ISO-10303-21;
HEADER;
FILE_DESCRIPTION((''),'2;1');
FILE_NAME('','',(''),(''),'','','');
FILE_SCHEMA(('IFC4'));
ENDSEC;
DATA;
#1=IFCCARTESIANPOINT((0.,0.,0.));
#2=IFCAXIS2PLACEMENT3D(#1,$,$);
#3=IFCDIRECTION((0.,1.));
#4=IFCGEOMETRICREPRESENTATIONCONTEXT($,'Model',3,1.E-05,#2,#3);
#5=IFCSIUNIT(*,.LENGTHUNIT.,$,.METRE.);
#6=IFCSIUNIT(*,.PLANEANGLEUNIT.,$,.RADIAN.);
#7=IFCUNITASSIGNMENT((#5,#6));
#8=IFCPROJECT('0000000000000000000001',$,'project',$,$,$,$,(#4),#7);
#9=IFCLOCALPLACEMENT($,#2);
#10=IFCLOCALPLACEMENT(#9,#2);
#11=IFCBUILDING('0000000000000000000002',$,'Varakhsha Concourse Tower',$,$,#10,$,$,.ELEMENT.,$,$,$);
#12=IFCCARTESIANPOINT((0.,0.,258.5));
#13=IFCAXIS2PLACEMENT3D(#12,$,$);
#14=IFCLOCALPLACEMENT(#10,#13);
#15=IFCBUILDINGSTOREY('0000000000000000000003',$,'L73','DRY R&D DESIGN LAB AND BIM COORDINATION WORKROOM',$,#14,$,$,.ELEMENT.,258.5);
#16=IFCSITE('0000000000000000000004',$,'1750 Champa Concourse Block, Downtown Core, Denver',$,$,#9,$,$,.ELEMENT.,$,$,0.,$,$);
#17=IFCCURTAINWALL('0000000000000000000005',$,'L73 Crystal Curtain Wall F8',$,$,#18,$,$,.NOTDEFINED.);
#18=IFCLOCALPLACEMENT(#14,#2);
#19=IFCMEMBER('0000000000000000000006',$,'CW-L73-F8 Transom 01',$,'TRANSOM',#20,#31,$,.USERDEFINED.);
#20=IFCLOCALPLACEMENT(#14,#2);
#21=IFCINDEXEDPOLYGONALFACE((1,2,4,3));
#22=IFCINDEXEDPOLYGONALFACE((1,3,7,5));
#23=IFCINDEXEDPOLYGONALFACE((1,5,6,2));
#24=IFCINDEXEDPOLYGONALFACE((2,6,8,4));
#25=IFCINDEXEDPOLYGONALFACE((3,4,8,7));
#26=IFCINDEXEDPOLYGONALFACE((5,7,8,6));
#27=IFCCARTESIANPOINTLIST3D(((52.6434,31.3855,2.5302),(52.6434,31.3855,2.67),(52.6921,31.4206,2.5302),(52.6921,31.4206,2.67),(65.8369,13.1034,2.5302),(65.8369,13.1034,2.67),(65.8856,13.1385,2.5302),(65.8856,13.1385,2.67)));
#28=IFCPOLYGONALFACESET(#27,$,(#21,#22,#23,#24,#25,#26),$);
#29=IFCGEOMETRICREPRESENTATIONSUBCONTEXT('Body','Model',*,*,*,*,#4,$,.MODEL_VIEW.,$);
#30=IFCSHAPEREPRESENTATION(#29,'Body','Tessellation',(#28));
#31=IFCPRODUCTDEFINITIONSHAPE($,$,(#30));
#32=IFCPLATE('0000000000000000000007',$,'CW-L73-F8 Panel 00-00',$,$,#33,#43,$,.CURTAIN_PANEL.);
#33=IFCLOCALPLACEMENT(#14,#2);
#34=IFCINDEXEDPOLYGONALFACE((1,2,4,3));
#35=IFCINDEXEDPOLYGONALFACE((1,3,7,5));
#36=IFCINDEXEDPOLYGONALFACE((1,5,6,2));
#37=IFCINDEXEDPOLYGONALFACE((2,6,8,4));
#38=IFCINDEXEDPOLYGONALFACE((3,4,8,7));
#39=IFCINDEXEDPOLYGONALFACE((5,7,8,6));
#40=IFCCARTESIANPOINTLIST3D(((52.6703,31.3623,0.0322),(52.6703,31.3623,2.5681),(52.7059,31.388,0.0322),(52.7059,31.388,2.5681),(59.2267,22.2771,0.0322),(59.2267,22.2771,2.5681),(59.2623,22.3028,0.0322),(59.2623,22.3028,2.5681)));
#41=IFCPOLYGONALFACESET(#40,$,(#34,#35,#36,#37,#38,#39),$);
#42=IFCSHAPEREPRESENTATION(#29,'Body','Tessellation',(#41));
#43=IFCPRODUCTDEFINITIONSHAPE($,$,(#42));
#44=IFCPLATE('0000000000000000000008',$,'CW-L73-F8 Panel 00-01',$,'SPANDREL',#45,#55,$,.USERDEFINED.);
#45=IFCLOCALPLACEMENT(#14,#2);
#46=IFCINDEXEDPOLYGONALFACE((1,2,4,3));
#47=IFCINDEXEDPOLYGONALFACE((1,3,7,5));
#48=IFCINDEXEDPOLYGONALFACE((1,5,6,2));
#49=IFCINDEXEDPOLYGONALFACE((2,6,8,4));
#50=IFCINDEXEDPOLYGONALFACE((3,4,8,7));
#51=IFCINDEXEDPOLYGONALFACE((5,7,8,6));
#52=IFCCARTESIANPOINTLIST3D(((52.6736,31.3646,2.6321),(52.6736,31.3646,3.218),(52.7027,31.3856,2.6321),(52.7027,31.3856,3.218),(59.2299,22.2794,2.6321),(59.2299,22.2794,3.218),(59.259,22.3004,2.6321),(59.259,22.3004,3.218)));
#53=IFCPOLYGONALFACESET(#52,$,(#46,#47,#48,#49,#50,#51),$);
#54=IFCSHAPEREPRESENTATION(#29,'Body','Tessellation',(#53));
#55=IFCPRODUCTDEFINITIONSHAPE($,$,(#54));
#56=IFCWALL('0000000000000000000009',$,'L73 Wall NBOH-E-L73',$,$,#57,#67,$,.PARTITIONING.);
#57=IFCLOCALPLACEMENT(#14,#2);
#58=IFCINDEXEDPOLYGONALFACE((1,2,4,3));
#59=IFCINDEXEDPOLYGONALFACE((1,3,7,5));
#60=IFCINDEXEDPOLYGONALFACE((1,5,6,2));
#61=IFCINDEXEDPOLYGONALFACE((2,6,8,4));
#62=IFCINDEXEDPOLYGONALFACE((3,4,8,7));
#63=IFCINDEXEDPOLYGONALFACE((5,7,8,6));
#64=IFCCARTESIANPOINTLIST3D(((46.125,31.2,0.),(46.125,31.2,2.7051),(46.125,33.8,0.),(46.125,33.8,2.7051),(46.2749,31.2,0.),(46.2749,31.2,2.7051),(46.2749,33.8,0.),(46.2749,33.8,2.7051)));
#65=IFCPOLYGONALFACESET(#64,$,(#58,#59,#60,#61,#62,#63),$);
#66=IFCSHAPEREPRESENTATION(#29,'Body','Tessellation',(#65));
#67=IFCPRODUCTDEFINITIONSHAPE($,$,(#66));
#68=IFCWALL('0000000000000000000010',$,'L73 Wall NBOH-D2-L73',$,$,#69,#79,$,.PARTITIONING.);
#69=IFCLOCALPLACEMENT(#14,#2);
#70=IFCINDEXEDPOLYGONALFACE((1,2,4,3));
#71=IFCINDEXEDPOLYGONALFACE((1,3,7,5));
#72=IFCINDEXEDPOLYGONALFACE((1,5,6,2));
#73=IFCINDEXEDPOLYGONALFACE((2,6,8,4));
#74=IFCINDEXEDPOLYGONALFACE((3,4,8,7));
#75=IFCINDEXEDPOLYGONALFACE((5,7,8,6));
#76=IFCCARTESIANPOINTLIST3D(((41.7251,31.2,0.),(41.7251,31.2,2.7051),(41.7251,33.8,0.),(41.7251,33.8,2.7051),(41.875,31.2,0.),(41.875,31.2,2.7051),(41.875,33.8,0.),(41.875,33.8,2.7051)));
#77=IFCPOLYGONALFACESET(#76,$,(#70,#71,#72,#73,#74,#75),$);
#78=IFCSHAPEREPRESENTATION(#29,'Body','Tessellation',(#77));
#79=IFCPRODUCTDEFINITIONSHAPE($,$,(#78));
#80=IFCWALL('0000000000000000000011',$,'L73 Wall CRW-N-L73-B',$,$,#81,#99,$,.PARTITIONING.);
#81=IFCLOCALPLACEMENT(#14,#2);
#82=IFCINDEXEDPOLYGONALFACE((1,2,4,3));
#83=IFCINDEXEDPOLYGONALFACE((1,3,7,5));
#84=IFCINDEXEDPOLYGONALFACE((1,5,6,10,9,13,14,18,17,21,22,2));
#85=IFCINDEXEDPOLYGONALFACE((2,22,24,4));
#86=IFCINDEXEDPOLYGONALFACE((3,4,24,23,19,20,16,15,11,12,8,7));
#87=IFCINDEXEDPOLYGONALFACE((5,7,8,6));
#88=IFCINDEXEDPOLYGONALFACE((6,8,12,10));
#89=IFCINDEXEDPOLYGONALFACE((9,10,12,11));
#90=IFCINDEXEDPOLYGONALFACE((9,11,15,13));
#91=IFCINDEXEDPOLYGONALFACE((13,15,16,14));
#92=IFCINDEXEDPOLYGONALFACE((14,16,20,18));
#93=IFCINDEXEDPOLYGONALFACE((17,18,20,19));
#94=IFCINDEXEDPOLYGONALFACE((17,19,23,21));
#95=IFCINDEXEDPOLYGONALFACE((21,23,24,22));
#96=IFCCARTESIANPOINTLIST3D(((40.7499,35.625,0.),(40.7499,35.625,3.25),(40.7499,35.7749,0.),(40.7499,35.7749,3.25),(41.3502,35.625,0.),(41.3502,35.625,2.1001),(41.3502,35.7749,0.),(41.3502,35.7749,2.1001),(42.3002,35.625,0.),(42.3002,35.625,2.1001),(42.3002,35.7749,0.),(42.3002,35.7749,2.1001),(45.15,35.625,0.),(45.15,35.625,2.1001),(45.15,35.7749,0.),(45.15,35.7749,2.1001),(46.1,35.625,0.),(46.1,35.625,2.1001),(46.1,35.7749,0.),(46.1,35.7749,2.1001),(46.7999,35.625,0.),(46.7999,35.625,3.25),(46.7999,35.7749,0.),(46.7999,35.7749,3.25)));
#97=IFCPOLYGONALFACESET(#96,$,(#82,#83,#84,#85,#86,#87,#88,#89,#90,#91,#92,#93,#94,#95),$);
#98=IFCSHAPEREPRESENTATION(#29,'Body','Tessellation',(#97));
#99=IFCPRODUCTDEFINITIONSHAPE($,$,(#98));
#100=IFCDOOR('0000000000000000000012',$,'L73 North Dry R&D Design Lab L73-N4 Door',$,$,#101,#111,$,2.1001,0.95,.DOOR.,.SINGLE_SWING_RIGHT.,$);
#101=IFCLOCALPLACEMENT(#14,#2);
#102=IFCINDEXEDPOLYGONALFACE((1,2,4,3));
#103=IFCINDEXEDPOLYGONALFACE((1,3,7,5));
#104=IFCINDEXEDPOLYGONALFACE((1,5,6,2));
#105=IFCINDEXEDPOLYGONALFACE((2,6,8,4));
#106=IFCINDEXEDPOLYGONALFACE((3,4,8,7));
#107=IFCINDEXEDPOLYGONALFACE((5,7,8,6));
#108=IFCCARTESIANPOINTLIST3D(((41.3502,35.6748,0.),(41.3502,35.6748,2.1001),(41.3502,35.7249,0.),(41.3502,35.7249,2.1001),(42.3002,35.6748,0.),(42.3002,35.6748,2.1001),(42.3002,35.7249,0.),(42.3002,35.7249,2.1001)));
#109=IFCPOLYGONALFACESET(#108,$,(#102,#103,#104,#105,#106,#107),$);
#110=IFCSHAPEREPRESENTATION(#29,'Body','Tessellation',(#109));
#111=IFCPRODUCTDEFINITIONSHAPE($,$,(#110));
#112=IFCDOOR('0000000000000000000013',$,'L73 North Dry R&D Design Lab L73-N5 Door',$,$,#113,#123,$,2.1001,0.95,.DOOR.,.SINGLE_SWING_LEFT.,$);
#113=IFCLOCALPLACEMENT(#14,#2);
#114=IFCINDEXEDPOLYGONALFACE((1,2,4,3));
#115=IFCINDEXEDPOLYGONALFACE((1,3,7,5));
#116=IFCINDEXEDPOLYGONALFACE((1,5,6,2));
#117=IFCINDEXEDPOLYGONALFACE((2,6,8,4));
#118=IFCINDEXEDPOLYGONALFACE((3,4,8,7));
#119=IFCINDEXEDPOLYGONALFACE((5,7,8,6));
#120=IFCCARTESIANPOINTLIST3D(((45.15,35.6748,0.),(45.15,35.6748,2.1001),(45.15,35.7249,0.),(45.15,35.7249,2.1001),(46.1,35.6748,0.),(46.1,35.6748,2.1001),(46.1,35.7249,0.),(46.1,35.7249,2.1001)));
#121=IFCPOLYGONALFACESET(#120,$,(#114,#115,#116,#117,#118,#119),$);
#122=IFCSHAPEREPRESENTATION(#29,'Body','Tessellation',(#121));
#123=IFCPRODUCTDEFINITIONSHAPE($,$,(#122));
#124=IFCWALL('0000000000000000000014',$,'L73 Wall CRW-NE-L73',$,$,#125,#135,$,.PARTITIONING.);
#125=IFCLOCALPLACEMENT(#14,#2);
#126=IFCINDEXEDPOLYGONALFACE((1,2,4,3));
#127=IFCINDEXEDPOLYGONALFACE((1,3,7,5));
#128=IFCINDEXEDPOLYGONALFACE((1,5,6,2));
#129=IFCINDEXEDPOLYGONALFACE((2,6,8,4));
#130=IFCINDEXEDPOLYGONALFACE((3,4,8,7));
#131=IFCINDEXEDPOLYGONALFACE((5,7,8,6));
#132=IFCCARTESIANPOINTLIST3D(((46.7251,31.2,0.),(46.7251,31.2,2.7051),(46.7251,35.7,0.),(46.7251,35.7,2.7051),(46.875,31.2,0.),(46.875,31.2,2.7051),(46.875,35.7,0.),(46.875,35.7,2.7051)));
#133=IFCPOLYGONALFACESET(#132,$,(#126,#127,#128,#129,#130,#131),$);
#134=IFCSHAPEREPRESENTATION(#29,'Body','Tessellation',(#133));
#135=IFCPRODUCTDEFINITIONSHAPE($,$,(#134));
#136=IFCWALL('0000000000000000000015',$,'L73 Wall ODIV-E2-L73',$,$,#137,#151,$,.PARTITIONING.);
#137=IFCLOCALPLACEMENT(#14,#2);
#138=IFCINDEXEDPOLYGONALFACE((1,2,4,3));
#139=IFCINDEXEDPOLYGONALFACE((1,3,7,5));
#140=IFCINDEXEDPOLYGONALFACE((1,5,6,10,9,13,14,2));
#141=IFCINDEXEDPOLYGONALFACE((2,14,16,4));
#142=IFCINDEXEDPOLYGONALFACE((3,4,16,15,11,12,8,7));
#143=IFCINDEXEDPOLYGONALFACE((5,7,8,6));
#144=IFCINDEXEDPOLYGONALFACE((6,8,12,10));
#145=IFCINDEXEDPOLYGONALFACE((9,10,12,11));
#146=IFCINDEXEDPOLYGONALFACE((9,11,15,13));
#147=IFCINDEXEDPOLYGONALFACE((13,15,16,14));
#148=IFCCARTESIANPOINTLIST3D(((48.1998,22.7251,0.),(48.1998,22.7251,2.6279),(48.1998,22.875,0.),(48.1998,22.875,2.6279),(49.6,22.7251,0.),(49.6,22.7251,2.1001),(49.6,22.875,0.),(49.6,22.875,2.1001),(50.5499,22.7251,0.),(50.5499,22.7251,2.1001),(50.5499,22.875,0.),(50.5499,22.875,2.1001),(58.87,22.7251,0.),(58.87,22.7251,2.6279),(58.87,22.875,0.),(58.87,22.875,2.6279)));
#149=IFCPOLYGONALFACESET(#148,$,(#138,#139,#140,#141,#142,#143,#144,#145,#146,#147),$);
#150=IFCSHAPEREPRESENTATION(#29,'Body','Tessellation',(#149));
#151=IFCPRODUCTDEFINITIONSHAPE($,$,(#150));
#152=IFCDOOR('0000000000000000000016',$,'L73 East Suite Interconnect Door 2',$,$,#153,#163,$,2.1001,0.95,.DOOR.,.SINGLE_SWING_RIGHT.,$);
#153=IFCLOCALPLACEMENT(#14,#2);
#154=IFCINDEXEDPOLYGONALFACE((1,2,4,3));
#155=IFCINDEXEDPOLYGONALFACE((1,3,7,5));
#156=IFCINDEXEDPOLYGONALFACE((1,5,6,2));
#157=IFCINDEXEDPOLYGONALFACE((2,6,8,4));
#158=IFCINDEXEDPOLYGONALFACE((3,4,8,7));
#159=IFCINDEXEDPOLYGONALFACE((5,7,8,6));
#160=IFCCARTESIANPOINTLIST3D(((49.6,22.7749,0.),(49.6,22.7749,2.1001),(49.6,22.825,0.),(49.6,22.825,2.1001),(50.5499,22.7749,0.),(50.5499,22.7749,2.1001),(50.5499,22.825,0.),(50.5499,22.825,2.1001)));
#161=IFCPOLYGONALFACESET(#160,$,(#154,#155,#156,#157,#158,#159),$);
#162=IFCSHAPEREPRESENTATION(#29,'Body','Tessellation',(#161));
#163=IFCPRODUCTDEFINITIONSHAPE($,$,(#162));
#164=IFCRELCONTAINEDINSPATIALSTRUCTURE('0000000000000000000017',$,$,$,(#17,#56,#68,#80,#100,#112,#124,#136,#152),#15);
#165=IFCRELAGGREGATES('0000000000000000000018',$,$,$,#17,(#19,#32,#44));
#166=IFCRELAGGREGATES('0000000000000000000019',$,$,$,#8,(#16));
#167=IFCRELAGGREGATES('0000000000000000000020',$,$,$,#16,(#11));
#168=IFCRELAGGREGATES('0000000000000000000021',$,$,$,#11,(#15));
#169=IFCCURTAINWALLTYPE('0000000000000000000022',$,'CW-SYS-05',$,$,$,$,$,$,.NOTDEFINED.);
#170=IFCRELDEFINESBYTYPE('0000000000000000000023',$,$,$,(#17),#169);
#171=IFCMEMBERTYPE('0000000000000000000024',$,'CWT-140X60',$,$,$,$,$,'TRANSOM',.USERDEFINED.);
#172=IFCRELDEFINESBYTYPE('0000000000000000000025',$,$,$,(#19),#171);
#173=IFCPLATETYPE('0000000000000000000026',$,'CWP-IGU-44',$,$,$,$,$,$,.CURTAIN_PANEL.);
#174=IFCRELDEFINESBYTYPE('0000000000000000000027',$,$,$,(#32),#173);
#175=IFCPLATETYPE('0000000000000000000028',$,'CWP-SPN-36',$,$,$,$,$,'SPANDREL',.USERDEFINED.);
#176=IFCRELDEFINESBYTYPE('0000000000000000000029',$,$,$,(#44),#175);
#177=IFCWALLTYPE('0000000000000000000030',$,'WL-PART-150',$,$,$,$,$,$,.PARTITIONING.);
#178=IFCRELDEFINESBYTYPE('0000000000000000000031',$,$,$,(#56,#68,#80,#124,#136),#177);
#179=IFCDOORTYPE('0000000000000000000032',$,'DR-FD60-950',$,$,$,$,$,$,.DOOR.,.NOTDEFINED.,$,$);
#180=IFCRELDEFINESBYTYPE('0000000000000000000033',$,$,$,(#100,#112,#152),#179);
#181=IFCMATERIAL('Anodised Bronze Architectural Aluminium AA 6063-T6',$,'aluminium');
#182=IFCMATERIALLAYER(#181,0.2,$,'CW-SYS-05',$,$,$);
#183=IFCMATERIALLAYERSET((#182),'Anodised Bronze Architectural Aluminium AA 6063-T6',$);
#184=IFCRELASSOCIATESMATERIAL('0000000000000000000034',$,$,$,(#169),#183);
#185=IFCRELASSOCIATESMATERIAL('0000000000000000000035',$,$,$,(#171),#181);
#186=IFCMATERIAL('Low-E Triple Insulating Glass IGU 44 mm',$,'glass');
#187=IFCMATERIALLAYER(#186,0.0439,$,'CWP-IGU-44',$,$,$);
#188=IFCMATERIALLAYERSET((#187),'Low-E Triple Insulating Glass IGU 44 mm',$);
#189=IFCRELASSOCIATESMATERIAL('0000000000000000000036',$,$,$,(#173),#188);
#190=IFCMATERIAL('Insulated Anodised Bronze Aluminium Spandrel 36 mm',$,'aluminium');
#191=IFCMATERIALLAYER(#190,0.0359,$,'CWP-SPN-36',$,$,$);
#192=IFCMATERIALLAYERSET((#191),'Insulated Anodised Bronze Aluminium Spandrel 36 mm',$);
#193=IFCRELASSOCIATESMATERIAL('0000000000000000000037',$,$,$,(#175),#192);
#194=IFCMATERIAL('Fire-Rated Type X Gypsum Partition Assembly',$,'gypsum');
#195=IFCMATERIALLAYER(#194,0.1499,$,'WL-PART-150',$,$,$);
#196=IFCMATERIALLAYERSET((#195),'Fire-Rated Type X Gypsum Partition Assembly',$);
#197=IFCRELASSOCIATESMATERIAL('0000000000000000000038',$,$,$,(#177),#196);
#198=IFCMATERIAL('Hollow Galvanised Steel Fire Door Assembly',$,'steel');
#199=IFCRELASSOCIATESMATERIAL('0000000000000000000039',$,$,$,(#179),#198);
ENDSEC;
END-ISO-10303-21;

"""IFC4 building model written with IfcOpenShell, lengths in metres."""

from ifc_helpers import new_model, si_unit, direction, frame, frame_2d, origin, origin_2d, place, context, subcontext, project, spatial, rectangle, extrude, source, transform, mapped, material, layer, layer_set, material_profile, profile_set, type_object, type_shapes, element, fill, aggregate, save


model = new_model("IFC4")

# Units and contexts
model_context = context("Model", 3, precision=1e-05, world=origin(), true_north=direction((0.0, 1.0)))
body_context = subcontext(model_context, "Body", "Model", "MODEL_VIEW")
ifc_project = project(units=[si_unit("LENGTHUNIT", "METRE"), si_unit("PLANEANGLEUNIT", "RADIAN")], contexts=[model_context])

# Site, building, storey
site_placement = place(None, origin())
site = spatial("IfcSite", under=ifc_project, at=site_placement, Name="1750 Champa Concourse Block, Downtown Core, Denver", CompositionType="ELEMENT", RefElevation=0.0)
building_placement = place(site_placement, origin())
building = spatial("IfcBuilding", under=site, at=building_placement, Name="Varakhsha Concourse Tower", CompositionType="ELEMENT")
storey_placement = place(building_placement, frame((0.0, 0.0, 258.5)))
storey = spatial("IfcBuildingStorey", under=building, at=storey_placement, Name="L73", Description="DRY R&D DESIGN LAB AND BIM COORDINATION WORKROOM", CompositionType="ELEMENT", Elevation=258.5)

# Curtain wall
ifc_material_1 = material(Name="Anodised Bronze Architectural Aluminium AA 6063-T6", Category="aluminium")
ifc_layer_1 = layer(ifc_material_1, 0.2, Name="CW-SYS-05")
ifc_layer_set_1 = layer_set([ifc_layer_1], Name="Anodised Bronze Architectural Aluminium AA 6063-T6")
curtain_wall_type = type_object("IfcCurtainWallType", Name="CW-SYS-05", PredefinedType="NOTDEFINED", material=ifc_layer_set_1)
curtain_wall_1_placement = place(storey_placement, origin())
curtain_wall_1 = element("IfcCurtainWall", 1, at=curtain_wall_1_placement, inside=storey, type_object=curtain_wall_type, Name="L73 Crystal Curtain Wall F8", PredefinedType="NOTDEFINED")

# Member
ifc_material_profile_1 = material_profile(ifc_material_1, rectangle(XDim=0.0601, YDim=0.1399, at=origin_2d()), Name="CWT-140X60")
ifc_profile_set_1 = profile_set([ifc_material_profile_1], Name="Anodised Bronze Architectural Aluminium AA 6063-T6")
member_type_1 = type_object("IfcMemberType", Name="CWT-140X60", ElementType="TRANSOM", PredefinedType="USERDEFINED", material=ifc_profile_set_1)
shared_shape_1 = source(origin(), body_context, "Body", "SweptSolid", [
    extrude(rectangle(XDim=0.0601, YDim=0.1399, at=origin_2d()), origin(), (0.0, 0.0, 1.0), 22.5457),
])
type_shapes(member_type_1, [shared_shape_1])
member_1_placement = place(storey_placement, frame((52.6677, 31.4031, 2.6001), z_axis=(0.585192, -0.810894, 0.0), x_axis=(0.810894, 0.585192, 0.0)))
member_1 = element("IfcMember", 2, at=member_1_placement, type_object=member_type_1, Name="CW-L73-F8 Transom 01", ObjectType="TRANSOM", PredefinedType="USERDEFINED", context=body_context, shape_type="MappedRepresentation", body=[
    mapped(shared_shape_1, transform((0.0, 0.0, 0.0), scale=1.0)),
])

# Plates
ifc_material_2 = material(Name="Low-E Triple Insulating Glass IGU 44 mm", Category="glass")
ifc_layer_2 = layer(ifc_material_2, 0.0439, Name="CWP-IGU-44")
ifc_layer_set_2 = layer_set([ifc_layer_2], Name="Low-E Triple Insulating Glass IGU 44 mm")
plate_type_1 = type_object("IfcPlateType", Name="CWP-IGU-44", PredefinedType="CURTAIN_PANEL", material=ifc_layer_set_2)
shared_shape_2 = source(origin(), body_context, "Body", "SweptSolid", [
    extrude(rectangle(XDim=11.2039, YDim=0.0439, at=origin_2d()), origin(), (0.0, 0.0, 1.0), 2.5359),
])
type_shapes(plate_type_1, [shared_shape_2])
plate_1_placement = place(storey_placement, frame((55.9663, 26.8325, 0.0322), z_axis=(0.0, 0.0, 1.0), x_axis=(0.585188, -0.810897, 0.0)))
plate_1 = element("IfcPlate", 3, at=plate_1_placement, type_object=plate_type_1, Name="CW-L73-F8 Panel 00-00", PredefinedType="CURTAIN_PANEL", context=body_context, shape_type="MappedRepresentation", body=[
    mapped(shared_shape_2, transform((0.0, 0.0, 0.0), scale=1.0)),
])
ifc_material_3 = material(Name="Insulated Anodised Bronze Aluminium Spandrel 36 mm", Category="aluminium")
ifc_layer_3 = layer(ifc_material_3, 0.0359, Name="CWP-SPN-36")
ifc_layer_set_3 = layer_set([ifc_layer_3], Name="Insulated Anodised Bronze Aluminium Spandrel 36 mm")
plate_type_2 = type_object("IfcPlateType", Name="CWP-SPN-36", ElementType="SPANDREL", PredefinedType="USERDEFINED", material=ifc_layer_set_3)
shared_shape_3 = source(origin(), body_context, "Body", "SweptSolid", [
    extrude(rectangle(XDim=11.2039, YDim=0.0359, at=origin_2d()), origin(), (0.0, 0.0, 1.0), 0.5859),
])
type_shapes(plate_type_2, [shared_shape_3])
plate_2_placement = place(storey_placement, frame((55.9663, 26.8325, 2.6321), z_axis=(0.0, 0.0, 1.0), x_axis=(0.585188, -0.810897, 0.0)))
plate_2 = element("IfcPlate", 4, at=plate_2_placement, type_object=plate_type_2, Name="CW-L73-F8 Panel 00-01", ObjectType="SPANDREL", PredefinedType="USERDEFINED", context=body_context, shape_type="MappedRepresentation", body=[
    mapped(shared_shape_3, transform((0.0, 0.0, 0.0), scale=1.0)),
])
aggregate(curtain_wall_1, [member_1, plate_1, plate_2])

# Walls
ifc_material_4 = material(Name="Fire-Rated Type X Gypsum Partition Assembly", Category="gypsum")
ifc_layer_4 = layer(ifc_material_4, 0.1499, Name="WL-PART-150")
ifc_layer_set_4 = layer_set([ifc_layer_4], Name="Fire-Rated Type X Gypsum Partition Assembly")
wall_type_1 = type_object("IfcWallType", Name="WL-PART-150", PredefinedType="PARTITIONING", material=ifc_layer_set_4)
for number, where, z_axis, x_axis, name in (
    (5, (46.2, 31.2, 0.0), (0.0, 0.0, 1.0), (0.0, 1.0, 0.0), "L73 Wall NBOH-E-L73"),
    (6, (41.8, 31.2, 0.0), (0.0, 0.0, 1.0), (0.0, 1.0, 0.0), "L73 Wall NBOH-D2-L73"),
):
    element("IfcWall", number, at=place(storey_placement, frame(where, z_axis=z_axis, x_axis=x_axis)), inside=storey, type_object=wall_type_1, Name=name, PredefinedType="PARTITIONING", context=body_context, shape_type="SweptSolid", body=[
        extrude(rectangle(XDim=2.6001, YDim=0.1499, at=frame_2d((1.3, 0.0))), origin(), (0.0, 0.0, 1.0), 2.7051),
    ])

# Wall, openings, doors
wall_1_placement = place(storey_placement, frame((40.75, 35.7, 0.0), z_axis=(0.0, 0.0, 1.0), x_axis=(1.0, 0.0, 0.0)))
wall_1 = element("IfcWall", 7, at=wall_1_placement, inside=storey, type_object=wall_type_1, Name="L73 Wall CRW-N-L73-B", PredefinedType="PARTITIONING", context=body_context, shape_type="SweptSolid", body=[
    extrude(rectangle(XDim=6.05, YDim=0.1499, at=frame_2d((3.0249, 0.0))), origin(), (0.0, 0.0, 1.0), 3.25),
])
opening_1_placement = place(wall_1_placement, frame((0.6001, 0.0, 0.0)))
opening_1 = element("IfcOpeningElement", 8, at=opening_1_placement, cuts=wall_1, PredefinedType="OPENING", context=body_context, shape_type="SweptSolid", body=[
    extrude(rectangle(XDim=0.95, YDim=2.1001, at=frame_2d((0.4751, 1.05))), frame((0.0, 0.085, 0.0), z_axis=(0.0, -1.0, 0.0), x_axis=(1.0, 0.0, 0.0)), (0.0, 0.0, 1.0), 0.1699),
])
opening_2_placement = place(wall_1_placement, frame((4.3999, 0.0, 0.0)))
opening_2 = element("IfcOpeningElement", 9, at=opening_2_placement, cuts=wall_1, PredefinedType="OPENING", context=body_context, shape_type="SweptSolid", body=[
    extrude(rectangle(XDim=0.95, YDim=2.1001, at=frame_2d((0.4751, 1.05))), frame((0.0, 0.085, 0.0), z_axis=(0.0, -1.0, 0.0), x_axis=(1.0, 0.0, 0.0)), (0.0, 0.0, 1.0), 0.1699),
])
ifc_material_5 = material(Name="Hollow Galvanised Steel Fire Door Assembly", Category="steel")
door_type = type_object("IfcDoorType", Name="DR-FD60-950", OperationType="NOTDEFINED", PredefinedType="DOOR", material=ifc_material_5)
door_1_placement = place(opening_1_placement, origin())
door_1 = element("IfcDoor", 10, at=door_1_placement, inside=storey, type_object=door_type, Name="L73 North Dry R&D Design Lab L73-N4 Door", OperationType="SINGLE_SWING_RIGHT", OverallHeight=2.1001, OverallWidth=0.95, PredefinedType="DOOR", context=body_context, shape_type="SweptSolid", body=[
    extrude(rectangle(XDim=0.95, YDim=2.1001, at=frame_2d((0.4751, 1.05))), frame((0.0, 0.0249, 0.0), z_axis=(0.0, -1.0, 0.0), x_axis=(1.0, 0.0, 0.0)), (0.0, 0.0, 1.0), 0.05),
])
fill(opening_1, door_1)
door_2_placement = place(opening_2_placement, origin())
door_2 = element("IfcDoor", 11, at=door_2_placement, inside=storey, type_object=door_type, Name="L73 North Dry R&D Design Lab L73-N5 Door", OperationType="SINGLE_SWING_LEFT", OverallHeight=2.1001, OverallWidth=0.95, PredefinedType="DOOR", context=body_context, shape_type="SweptSolid", body=[
    extrude(rectangle(XDim=0.95, YDim=2.1001, at=frame_2d((0.4751, 1.05))), frame((0.0, 0.0249, 0.0), z_axis=(0.0, -1.0, 0.0), x_axis=(1.0, 0.0, 0.0)), (0.0, 0.0, 1.0), 0.05),
])
fill(opening_2, door_2)

# Wall
wall_2_placement = place(storey_placement, frame((46.8, 31.2, 0.0), z_axis=(0.0, 0.0, 1.0), x_axis=(0.0, 1.0, 0.0)))
element("IfcWall", 12, at=wall_2_placement, inside=storey, type_object=wall_type_1, Name="L73 Wall CRW-NE-L73", PredefinedType="PARTITIONING", context=body_context, shape_type="SweptSolid", body=[
    extrude(rectangle(XDim=4.5, YDim=0.1499, at=frame_2d((2.25, 0.0))), origin(), (0.0, 0.0, 1.0), 2.7051),
])

# Wall, opening, door
wall_3_placement = place(storey_placement, frame((48.2, 22.8, 0.0), z_axis=(0.0, 0.0, 1.0), x_axis=(1.0, 0.0, 0.0)))
wall_3 = element("IfcWall", 13, at=wall_3_placement, inside=storey, type_object=wall_type_1, Name="L73 Wall ODIV-E2-L73", PredefinedType="PARTITIONING", context=body_context, shape_type="SweptSolid", body=[
    extrude(rectangle(XDim=10.6702, YDim=0.1499, at=frame_2d((5.335, 0.0))), origin(), (0.0, 0.0, 1.0), 2.6279),
])
opening_3_placement = place(wall_3_placement, frame((1.3999, 0.0, 0.0)))
opening_3 = element("IfcOpeningElement", 14, at=opening_3_placement, cuts=wall_3, PredefinedType="OPENING", context=body_context, shape_type="SweptSolid", body=[
    extrude(rectangle(XDim=0.95, YDim=2.1001, at=frame_2d((0.4751, 1.05))), frame((0.0, 0.085, 0.0), z_axis=(0.0, -1.0, 0.0), x_axis=(1.0, 0.0, 0.0)), (0.0, 0.0, 1.0), 0.1699),
])
door_3_placement = place(opening_3_placement, origin())
door_3 = element("IfcDoor", 15, at=door_3_placement, inside=storey, type_object=door_type, Name="L73 East Suite Interconnect Door 2", OperationType="SINGLE_SWING_RIGHT", OverallHeight=2.1001, OverallWidth=0.95, PredefinedType="DOOR", context=body_context, shape_type="SweptSolid", body=[
    extrude(rectangle(XDim=0.95, YDim=2.1001, at=frame_2d((0.4751, 1.05))), frame((0.0, 0.0249, 0.0), z_axis=(0.0, -1.0, 0.0), x_axis=(1.0, 0.0, 0.0)), (0.0, 0.0, 1.0), 0.05),
])
fill(opening_3, door_3)

save(model, "model.ifc")
